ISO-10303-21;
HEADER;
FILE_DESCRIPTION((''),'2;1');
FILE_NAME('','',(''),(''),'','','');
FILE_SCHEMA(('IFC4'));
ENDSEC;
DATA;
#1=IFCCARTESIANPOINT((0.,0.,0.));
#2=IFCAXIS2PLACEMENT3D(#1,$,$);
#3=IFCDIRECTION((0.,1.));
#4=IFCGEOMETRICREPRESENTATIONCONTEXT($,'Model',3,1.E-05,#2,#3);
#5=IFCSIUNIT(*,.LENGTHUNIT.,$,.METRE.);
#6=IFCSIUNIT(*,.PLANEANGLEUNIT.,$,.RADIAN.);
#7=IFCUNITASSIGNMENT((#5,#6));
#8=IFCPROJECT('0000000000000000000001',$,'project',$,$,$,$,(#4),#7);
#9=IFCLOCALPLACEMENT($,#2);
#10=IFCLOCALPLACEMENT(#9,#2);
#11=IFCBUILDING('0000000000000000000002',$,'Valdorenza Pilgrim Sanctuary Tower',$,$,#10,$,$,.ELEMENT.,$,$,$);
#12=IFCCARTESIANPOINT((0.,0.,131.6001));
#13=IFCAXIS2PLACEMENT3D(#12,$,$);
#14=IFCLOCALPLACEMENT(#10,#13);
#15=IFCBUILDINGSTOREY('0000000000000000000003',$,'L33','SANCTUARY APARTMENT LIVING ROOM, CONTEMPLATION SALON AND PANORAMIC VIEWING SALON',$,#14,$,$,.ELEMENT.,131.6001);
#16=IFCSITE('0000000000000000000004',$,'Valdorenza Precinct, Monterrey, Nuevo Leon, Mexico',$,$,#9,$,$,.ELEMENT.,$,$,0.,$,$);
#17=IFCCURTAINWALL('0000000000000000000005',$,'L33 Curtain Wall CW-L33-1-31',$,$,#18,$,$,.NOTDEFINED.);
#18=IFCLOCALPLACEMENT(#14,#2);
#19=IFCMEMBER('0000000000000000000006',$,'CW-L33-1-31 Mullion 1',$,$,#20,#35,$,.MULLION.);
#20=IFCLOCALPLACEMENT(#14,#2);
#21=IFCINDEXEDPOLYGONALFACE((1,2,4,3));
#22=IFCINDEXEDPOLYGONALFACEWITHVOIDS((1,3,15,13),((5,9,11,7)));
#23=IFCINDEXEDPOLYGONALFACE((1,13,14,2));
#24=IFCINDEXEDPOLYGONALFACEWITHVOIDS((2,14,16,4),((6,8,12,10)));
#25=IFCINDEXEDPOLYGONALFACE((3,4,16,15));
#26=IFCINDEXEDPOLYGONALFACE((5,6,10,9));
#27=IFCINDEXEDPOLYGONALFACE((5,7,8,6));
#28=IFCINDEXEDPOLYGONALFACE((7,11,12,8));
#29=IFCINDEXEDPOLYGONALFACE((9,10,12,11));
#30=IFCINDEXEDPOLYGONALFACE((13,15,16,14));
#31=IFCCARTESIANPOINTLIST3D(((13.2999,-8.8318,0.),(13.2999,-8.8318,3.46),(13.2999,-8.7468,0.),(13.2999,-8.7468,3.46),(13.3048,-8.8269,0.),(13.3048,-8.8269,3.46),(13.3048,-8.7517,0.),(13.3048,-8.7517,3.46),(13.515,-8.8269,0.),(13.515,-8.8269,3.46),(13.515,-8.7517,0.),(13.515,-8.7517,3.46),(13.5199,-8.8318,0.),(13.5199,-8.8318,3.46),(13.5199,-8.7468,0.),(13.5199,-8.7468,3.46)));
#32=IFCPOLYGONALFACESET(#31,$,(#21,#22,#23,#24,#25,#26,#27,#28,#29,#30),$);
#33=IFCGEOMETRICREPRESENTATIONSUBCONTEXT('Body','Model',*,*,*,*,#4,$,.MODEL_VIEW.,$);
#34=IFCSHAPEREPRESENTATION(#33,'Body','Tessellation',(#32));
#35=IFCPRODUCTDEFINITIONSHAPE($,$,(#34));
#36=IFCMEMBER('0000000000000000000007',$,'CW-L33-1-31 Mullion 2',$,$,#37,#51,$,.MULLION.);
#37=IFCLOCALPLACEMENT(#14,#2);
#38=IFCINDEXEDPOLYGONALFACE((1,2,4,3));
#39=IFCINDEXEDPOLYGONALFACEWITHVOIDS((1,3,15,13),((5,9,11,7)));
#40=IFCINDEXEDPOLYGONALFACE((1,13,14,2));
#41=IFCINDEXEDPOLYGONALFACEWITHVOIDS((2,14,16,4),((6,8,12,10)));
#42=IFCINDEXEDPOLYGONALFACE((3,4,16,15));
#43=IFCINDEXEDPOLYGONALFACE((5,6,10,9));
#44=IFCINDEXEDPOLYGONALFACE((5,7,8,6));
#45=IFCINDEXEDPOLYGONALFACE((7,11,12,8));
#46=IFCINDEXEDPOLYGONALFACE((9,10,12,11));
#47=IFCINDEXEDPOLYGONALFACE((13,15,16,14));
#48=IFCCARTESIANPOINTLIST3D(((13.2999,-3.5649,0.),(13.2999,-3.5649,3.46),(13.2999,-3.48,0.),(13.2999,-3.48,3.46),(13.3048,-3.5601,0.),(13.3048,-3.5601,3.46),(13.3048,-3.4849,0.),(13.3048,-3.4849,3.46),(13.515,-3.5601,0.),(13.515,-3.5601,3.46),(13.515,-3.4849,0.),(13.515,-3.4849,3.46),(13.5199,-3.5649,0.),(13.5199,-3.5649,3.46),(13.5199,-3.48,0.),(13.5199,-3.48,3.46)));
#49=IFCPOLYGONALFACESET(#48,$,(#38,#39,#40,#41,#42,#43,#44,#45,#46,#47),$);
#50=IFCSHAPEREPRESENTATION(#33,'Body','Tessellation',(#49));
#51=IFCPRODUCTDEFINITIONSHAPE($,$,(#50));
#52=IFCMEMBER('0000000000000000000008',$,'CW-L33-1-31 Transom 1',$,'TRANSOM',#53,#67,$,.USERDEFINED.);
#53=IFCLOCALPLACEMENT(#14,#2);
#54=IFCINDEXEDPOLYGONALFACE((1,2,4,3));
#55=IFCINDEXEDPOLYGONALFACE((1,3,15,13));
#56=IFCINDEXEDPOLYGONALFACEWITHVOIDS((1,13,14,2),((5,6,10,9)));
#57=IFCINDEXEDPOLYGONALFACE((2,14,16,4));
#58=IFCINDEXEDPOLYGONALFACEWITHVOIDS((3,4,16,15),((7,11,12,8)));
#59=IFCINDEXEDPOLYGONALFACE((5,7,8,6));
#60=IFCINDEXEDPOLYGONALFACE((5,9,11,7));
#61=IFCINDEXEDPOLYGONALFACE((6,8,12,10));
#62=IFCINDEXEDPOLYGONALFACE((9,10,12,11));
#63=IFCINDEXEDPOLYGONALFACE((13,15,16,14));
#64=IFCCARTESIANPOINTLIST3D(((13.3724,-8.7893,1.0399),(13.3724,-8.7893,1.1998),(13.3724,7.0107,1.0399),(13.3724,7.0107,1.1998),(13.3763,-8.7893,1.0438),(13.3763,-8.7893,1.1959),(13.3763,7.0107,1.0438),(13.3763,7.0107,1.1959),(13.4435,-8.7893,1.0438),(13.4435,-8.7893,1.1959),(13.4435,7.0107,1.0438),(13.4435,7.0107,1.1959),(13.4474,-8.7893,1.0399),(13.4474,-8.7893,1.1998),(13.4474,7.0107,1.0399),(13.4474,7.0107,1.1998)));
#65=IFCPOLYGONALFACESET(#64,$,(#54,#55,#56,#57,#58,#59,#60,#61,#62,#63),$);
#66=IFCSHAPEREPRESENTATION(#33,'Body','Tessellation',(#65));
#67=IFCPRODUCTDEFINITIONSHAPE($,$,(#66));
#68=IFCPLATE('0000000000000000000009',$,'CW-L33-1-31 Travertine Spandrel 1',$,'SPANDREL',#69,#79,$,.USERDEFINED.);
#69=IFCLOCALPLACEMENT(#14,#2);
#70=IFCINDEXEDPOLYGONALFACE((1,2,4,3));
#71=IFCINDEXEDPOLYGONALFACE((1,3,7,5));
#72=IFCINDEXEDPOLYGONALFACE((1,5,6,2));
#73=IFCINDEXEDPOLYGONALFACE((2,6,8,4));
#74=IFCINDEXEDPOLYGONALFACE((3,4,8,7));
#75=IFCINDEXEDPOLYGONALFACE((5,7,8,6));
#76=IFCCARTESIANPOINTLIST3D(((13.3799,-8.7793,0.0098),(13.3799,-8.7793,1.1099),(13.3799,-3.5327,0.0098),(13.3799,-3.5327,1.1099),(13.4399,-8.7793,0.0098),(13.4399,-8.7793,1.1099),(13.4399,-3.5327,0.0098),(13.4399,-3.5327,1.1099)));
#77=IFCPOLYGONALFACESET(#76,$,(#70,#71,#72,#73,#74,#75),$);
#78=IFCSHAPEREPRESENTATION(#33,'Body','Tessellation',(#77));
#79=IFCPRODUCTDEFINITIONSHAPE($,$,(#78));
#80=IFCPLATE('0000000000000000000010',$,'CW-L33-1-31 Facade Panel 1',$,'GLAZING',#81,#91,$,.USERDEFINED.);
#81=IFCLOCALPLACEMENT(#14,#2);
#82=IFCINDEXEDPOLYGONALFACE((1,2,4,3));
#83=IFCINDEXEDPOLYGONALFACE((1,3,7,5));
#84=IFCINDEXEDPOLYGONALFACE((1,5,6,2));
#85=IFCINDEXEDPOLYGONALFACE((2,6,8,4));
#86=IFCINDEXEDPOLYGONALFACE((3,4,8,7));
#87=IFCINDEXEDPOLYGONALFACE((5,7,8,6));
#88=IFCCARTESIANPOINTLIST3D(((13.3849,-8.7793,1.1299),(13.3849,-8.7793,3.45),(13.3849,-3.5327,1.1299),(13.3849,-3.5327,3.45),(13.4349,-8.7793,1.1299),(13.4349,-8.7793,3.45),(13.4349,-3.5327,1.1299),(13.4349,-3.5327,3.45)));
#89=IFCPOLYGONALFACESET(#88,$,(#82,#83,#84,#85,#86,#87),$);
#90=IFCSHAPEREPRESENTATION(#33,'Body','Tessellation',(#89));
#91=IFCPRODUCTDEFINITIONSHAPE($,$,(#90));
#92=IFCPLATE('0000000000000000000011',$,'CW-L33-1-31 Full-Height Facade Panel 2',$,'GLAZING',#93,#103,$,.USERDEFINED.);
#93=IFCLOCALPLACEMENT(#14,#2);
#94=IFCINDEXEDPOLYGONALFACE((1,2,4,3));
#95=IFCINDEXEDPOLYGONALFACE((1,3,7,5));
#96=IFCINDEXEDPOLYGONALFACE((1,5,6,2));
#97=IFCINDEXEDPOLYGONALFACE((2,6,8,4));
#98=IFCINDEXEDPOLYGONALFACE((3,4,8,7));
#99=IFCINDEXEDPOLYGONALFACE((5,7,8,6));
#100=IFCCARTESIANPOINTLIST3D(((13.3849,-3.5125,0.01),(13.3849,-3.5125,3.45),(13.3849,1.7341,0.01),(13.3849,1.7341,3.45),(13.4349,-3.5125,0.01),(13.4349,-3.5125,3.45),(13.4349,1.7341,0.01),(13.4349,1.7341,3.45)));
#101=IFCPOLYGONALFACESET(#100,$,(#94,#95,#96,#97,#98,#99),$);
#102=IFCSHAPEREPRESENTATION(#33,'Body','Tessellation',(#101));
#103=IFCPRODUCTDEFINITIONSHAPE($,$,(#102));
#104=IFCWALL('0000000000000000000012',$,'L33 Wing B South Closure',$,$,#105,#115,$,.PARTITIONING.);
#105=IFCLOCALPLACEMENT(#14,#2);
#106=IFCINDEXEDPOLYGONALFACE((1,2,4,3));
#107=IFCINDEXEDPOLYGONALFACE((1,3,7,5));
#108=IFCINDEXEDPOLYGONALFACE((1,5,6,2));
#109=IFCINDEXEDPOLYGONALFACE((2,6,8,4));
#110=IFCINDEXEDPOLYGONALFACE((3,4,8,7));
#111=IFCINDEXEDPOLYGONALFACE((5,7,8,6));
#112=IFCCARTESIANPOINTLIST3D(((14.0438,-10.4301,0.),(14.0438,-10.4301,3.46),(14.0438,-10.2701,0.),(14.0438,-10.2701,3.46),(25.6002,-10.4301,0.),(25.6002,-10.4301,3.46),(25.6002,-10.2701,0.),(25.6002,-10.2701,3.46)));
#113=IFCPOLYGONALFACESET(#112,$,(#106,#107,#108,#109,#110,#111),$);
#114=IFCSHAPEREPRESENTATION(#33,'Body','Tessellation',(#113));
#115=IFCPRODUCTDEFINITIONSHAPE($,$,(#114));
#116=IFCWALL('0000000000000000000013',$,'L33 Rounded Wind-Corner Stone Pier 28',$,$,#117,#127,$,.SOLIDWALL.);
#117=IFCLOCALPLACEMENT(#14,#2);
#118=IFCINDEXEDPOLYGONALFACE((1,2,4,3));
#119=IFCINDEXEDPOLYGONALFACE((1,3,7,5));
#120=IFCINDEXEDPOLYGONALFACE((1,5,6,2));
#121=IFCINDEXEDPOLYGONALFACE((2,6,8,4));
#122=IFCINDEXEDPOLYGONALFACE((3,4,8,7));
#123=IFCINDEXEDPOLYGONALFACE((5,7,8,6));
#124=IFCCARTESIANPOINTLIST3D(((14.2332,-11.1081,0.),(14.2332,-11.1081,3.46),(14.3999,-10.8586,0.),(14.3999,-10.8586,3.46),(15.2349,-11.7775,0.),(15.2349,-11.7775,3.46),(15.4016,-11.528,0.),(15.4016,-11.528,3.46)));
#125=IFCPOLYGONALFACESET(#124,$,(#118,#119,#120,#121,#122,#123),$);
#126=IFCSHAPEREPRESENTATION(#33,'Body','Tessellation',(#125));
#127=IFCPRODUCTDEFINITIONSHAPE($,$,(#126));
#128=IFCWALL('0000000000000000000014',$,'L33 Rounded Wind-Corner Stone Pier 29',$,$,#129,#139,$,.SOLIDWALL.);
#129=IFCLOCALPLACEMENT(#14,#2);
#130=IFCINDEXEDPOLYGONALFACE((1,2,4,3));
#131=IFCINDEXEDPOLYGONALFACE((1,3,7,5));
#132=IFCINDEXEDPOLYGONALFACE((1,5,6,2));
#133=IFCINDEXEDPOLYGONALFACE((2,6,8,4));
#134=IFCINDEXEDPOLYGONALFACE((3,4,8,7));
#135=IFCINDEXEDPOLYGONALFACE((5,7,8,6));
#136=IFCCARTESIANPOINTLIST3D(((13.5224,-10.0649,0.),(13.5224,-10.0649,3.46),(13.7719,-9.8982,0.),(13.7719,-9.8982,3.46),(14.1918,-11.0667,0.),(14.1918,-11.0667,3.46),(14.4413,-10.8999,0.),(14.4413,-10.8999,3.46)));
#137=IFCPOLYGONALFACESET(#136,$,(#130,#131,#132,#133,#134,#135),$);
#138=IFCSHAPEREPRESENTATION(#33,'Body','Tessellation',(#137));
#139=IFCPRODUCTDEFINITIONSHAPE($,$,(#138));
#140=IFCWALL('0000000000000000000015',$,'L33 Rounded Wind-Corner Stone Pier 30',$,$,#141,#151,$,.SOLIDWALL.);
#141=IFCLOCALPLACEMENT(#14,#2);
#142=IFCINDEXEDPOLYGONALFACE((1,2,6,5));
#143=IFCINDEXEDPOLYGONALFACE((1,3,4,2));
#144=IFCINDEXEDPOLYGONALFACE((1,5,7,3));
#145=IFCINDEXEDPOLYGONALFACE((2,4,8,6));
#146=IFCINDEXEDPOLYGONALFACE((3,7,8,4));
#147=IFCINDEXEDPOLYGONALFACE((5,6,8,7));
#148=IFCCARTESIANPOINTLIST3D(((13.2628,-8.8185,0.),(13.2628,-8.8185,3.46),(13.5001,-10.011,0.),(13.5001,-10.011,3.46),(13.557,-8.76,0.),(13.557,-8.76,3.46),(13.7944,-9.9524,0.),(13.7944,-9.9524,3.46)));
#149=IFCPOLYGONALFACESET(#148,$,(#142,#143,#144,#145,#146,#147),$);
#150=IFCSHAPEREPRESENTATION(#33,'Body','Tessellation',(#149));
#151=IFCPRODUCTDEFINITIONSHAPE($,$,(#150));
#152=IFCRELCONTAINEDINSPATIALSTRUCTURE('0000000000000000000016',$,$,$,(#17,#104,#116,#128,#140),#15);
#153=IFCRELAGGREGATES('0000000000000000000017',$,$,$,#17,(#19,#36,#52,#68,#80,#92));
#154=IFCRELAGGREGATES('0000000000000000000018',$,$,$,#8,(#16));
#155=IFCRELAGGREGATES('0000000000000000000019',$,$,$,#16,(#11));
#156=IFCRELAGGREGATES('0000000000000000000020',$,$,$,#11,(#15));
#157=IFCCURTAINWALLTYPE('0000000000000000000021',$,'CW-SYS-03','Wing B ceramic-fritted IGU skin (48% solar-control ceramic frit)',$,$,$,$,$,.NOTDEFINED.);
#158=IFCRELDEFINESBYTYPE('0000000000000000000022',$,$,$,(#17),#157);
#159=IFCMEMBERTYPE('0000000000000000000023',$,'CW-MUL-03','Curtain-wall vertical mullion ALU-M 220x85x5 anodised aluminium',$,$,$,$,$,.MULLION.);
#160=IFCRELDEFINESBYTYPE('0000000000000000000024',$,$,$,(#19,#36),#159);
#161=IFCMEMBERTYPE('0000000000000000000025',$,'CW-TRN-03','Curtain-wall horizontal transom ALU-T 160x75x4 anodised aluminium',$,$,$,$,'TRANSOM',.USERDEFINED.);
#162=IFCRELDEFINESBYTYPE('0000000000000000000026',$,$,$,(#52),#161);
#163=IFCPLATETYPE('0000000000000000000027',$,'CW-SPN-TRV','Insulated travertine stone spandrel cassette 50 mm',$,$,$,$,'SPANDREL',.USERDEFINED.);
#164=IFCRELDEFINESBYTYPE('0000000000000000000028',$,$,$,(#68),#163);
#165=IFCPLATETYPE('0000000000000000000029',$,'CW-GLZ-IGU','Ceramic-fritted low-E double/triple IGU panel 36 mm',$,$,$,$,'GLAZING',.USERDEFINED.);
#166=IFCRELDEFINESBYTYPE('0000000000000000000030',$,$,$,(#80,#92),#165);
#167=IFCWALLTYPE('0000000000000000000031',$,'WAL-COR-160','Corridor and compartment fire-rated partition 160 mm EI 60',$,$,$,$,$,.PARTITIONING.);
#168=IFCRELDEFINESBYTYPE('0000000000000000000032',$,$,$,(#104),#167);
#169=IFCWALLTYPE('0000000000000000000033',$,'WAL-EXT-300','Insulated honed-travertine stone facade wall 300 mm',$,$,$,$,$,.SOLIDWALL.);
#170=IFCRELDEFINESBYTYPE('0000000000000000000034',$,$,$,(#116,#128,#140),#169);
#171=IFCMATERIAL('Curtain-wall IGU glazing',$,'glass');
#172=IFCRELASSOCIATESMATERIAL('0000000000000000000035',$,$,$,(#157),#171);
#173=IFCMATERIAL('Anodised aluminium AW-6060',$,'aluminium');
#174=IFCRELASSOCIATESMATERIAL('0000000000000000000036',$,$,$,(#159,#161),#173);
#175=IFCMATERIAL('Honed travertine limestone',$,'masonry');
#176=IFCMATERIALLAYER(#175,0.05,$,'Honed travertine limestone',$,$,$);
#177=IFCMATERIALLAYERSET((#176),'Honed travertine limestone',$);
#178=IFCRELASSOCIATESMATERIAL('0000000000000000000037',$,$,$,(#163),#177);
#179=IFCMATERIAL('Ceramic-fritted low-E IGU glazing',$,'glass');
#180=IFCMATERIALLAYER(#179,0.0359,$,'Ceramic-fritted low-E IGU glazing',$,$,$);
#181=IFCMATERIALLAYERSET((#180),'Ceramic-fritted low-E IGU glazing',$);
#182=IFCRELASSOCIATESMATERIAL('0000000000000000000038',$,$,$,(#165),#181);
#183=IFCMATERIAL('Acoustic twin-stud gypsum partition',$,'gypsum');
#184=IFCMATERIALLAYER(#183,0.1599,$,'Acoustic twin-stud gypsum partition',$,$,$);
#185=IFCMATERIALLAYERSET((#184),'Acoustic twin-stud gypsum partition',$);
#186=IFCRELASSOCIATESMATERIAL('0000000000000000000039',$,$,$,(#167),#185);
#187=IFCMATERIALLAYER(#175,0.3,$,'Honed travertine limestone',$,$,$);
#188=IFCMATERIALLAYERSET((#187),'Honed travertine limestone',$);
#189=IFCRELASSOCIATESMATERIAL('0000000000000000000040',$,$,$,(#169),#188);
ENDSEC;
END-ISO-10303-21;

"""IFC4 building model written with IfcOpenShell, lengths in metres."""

from ifc_helpers import new_model, si_unit, direction, frame, frame_2d, origin, origin_2d, place, context, subcontext, project, spatial, rectangle, hollow_rectangle, extrude, source, transform, mapped, material, layer, layer_set, material_profile, profile_set, type_object, element, aggregate, save


model = new_model("IFC4")

# Units and contexts
model_context = context("Model", 3, precision=1e-05, world=origin(), true_north=direction((0.0, 1.0)))
body_context = subcontext(model_context, "Body", "Model", "MODEL_VIEW")
ifc_project = project(units=[si_unit("LENGTHUNIT", "METRE"), si_unit("PLANEANGLEUNIT", "RADIAN")], contexts=[model_context])

# Site, building, storey
site_placement = place(None, origin())
site = spatial("IfcSite", under=ifc_project, at=site_placement, Name="Valdorenza Precinct, Monterrey, Nuevo Leon, Mexico", CompositionType="ELEMENT", RefElevation=0.0)
building_placement = place(site_placement, origin())
building = spatial("IfcBuilding", under=site, at=building_placement, Name="Valdorenza Pilgrim Sanctuary Tower", CompositionType="ELEMENT")
storey_placement = place(building_placement, frame((0.0, 0.0, 131.6001)))
storey = spatial("IfcBuildingStorey", under=building, at=storey_placement, Name="L33", Description="SANCTUARY APARTMENT LIVING ROOM, CONTEMPLATION SALON AND PANORAMIC VIEWING SALON", CompositionType="ELEMENT", Elevation=131.6001)

# Curtain wall, members, plates
ifc_material_1 = material(Name="Curtain-wall IGU glazing", Category="glass")
curtain_wall_type = type_object("IfcCurtainWallType", Name="CW-SYS-03", Description="Wing B ceramic-fritted IGU skin (48% solar-control ceramic frit)", PredefinedType="NOTDEFINED", material=ifc_material_1)
curtain_wall_placement = place(storey_placement, origin())
curtain_wall = element("IfcCurtainWall", 1, at=curtain_wall_placement, inside=storey, type_object=curtain_wall_type, Name="L33 Curtain Wall CW-L33-1-31", PredefinedType="NOTDEFINED")
ifc_material_2 = material(Name="Anodised aluminium AW-6060", Category="aluminium")
ifc_material_profile_1 = material_profile(ifc_material_2, hollow_rectangle(XDim=0.085, YDim=0.22, WallThickness=0.0049, at=origin_2d()), Name="ALU-M 220x85x5")
ifc_profile_set_1 = profile_set([ifc_material_profile_1], Name="Anodised aluminium AW-6060")
member_type_1 = type_object("IfcMemberType", Name="CW-MUL-03", Description="Curtain-wall vertical mullion ALU-M 220x85x5 anodised aluminium", PredefinedType="MULLION", material=ifc_profile_set_1)
shared_shape_1 = source(origin(), body_context, "Body", "SweptSolid", [
    extrude(hollow_rectangle(XDim=0.085, YDim=0.22, WallThickness=0.0049, at=origin_2d()), origin(), (0.0, 0.0, 1.0), 3.46),
])
member_1_placement = place(storey_placement, frame((13.4099, -8.7893, 0.0), z_axis=(0.0, 0.0, 1.0), x_axis=(0.0, 1.0, 0.0)))
member_1 = element("IfcMember", 2, at=member_1_placement, type_object=member_type_1, Name="CW-L33-1-31 Mullion 1", PredefinedType="MULLION", context=body_context, shape_type="MappedRepresentation", body=[
    mapped(shared_shape_1, transform((0.0, 0.0, 0.0), x_axis=(1.0, 0.0, 0.0), y_axis=(0.0, 1.0, 0.0), z_axis=(0.0, 0.0, 1.0), scale=1.0)),
])
member_2_placement = place(storey_placement, frame((13.4099, -3.5225, 0.0), z_axis=(0.0, 0.0, 1.0), x_axis=(0.0, 1.0, 0.0)))
member_2 = element("IfcMember", 3, at=member_2_placement, type_object=member_type_1, Name="CW-L33-1-31 Mullion 2", PredefinedType="MULLION", context=body_context, shape_type="MappedRepresentation", body=[
    mapped(shared_shape_1, transform((0.0, 0.0, 0.0), x_axis=(1.0, 0.0, 0.0), y_axis=(0.0, 1.0, 0.0), z_axis=(0.0, 0.0, 1.0), scale=1.0)),
])
ifc_material_profile_2 = material_profile(ifc_material_2, hollow_rectangle(XDim=0.075, YDim=0.1599, WallThickness=0.0039, at=origin_2d()), Name="ALU-T 160x75x4")
ifc_profile_set_2 = profile_set([ifc_material_profile_2], Name="Anodised aluminium AW-6060")
member_type_2 = type_object("IfcMemberType", Name="CW-TRN-03", Description="Curtain-wall horizontal transom ALU-T 160x75x4 anodised aluminium", ElementType="TRANSOM", PredefinedType="USERDEFINED", material=ifc_profile_set_2)
shared_shape_2 = source(origin(), body_context, "Body", "SweptSolid", [
    extrude(hollow_rectangle(XDim=0.075, YDim=0.1599, WallThickness=0.0039, at=origin_2d()), origin(), (0.0, 0.0, 1.0), 15.8),
])
member_3_placement = place(storey_placement, frame((13.4099, -8.7893, 1.1199), z_axis=(0.0, 1.0, 0.0), x_axis=(-1.0, 0.0, 0.0)))
member_3 = element("IfcMember", 4, at=member_3_placement, type_object=member_type_2, Name="CW-L33-1-31 Transom 1", ObjectType="TRANSOM", PredefinedType="USERDEFINED", context=body_context, shape_type="MappedRepresentation", body=[
    mapped(shared_shape_2, transform((0.0, 0.0, 0.0), x_axis=(1.0, 0.0, 0.0), y_axis=(0.0, 1.0, 0.0), z_axis=(0.0, 0.0, 1.0), scale=1.0)),
])
ifc_material_3 = material(Name="Honed travertine limestone", Category="masonry")
ifc_layer_1 = layer(ifc_material_3, 0.05, Name="Honed travertine limestone")
ifc_layer_set_1 = layer_set([ifc_layer_1], Name="Honed travertine limestone")
plate_type_1 = type_object("IfcPlateType", Name="CW-SPN-TRV", Description="Insulated travertine stone spandrel cassette 50 mm", ElementType="SPANDREL", PredefinedType="USERDEFINED", material=ifc_layer_set_1)
shared_shape_3 = source(origin(), body_context, "Body", "SweptSolid", [
    extrude(rectangle(XDim=5.2466, YDim=0.0601, at=origin_2d()), origin(), (0.0, 0.0, 1.0), 1.1001),
])
plate_1_placement = place(storey_placement, frame((13.4099, -6.156, 0.0098), z_axis=(0.0, 0.0, 1.0), x_axis=(0.0, 1.0, 0.0)))
plate_1 = element("IfcPlate", 5, at=plate_1_placement, type_object=plate_type_1, Name="CW-L33-1-31 Travertine Spandrel 1", ObjectType="SPANDREL", PredefinedType="USERDEFINED", context=body_context, shape_type="MappedRepresentation", body=[
    mapped(shared_shape_3, transform((0.0, 0.0, 0.0), x_axis=(1.0, 0.0, 0.0), y_axis=(0.0, 1.0, 0.0), z_axis=(0.0, 0.0, 1.0), scale=1.0)),
])
ifc_material_4 = material(Name="Ceramic-fritted low-E IGU glazing", Category="glass")
ifc_layer_2 = layer(ifc_material_4, 0.0359, Name="Ceramic-fritted low-E IGU glazing")
ifc_layer_set_2 = layer_set([ifc_layer_2], Name="Ceramic-fritted low-E IGU glazing")
plate_type_2 = type_object("IfcPlateType", Name="CW-GLZ-IGU", Description="Ceramic-fritted low-E double/triple IGU panel 36 mm", ElementType="GLAZING", PredefinedType="USERDEFINED", material=ifc_layer_set_2)
shared_shape_4 = source(origin(), body_context, "Body", "SweptSolid", [
    extrude(rectangle(XDim=5.2466, YDim=0.05, at=origin_2d()), origin(), (0.0, 0.0, 1.0), 2.3201),
])
plate_2_placement = place(storey_placement, frame((13.4099, -6.156, 1.1299), z_axis=(0.0, 0.0, 1.0), x_axis=(0.0, 1.0, 0.0)))
plate_2 = element("IfcPlate", 6, at=plate_2_placement, type_object=plate_type_2, Name="CW-L33-1-31 Facade Panel 1", ObjectType="GLAZING", PredefinedType="USERDEFINED", context=body_context, shape_type="MappedRepresentation", body=[
    mapped(shared_shape_4, transform((0.0, 0.0, 0.0), x_axis=(1.0, 0.0, 0.0), y_axis=(0.0, 1.0, 0.0), z_axis=(0.0, 0.0, 1.0), scale=1.0)),
])
shared_shape_5 = source(origin(), body_context, "Body", "SweptSolid", [
    extrude(rectangle(XDim=5.2466, YDim=0.05, at=origin_2d()), origin(), (0.0, 0.0, 1.0), 3.4399),
])
plate_3_placement = place(storey_placement, frame((13.4099, -0.8892, 0.01), z_axis=(0.0, 0.0, 1.0), x_axis=(0.0, 1.0, 0.0)))
plate_3 = element("IfcPlate", 7, at=plate_3_placement, type_object=plate_type_2, Name="CW-L33-1-31 Full-Height Facade Panel 2", ObjectType="GLAZING", PredefinedType="USERDEFINED", context=body_context, shape_type="MappedRepresentation", body=[
    mapped(shared_shape_5, transform((0.0, 0.0, 0.0), x_axis=(1.0, 0.0, 0.0), y_axis=(0.0, 1.0, 0.0), z_axis=(0.0, 0.0, 1.0), scale=1.0)),
])
aggregate(curtain_wall, [member_1, member_2, member_3, plate_1, plate_2, plate_3])

# Walls
ifc_material_5 = material(Name="Acoustic twin-stud gypsum partition", Category="gypsum")
ifc_layer_3 = layer(ifc_material_5, 0.1599, Name="Acoustic twin-stud gypsum partition")
ifc_layer_set_3 = layer_set([ifc_layer_3], Name="Acoustic twin-stud gypsum partition")
wall_type_1 = type_object("IfcWallType", Name="WAL-COR-160", Description="Corridor and compartment fire-rated partition 160 mm EI 60", PredefinedType="PARTITIONING", material=ifc_layer_set_3)
wall_1_placement = place(storey_placement, frame((14.0437, -10.3501, 0.0), z_axis=(0.0, 0.0, 1.0), x_axis=(1.0, 0.0, 0.0)))
element("IfcWall", 8, at=wall_1_placement, inside=storey, type_object=wall_type_1, Name="L33 Wing B South Closure", PredefinedType="PARTITIONING", context=body_context, shape_type="SweptSolid", body=[
    extrude(rectangle(XDim=11.5564, YDim=0.1599, at=frame_2d((5.7783, 0.0))), origin(), (0.0, 0.0, 1.0), 3.46),
])
ifc_layer_4 = layer(ifc_material_3, 0.3, Name="Honed travertine limestone")
ifc_layer_set_4 = layer_set([ifc_layer_4], Name="Honed travertine limestone")
wall_type_2 = type_object("IfcWallType", Name="WAL-EXT-300", Description="Insulated honed-travertine stone facade wall 300 mm", PredefinedType="SOLIDWALL", material=ifc_layer_set_4)
for number, where, z_axis, x_axis, name in (
    (9, (15.3184, -11.6528, 0.0), (0.0, 0.0, 1.0), (-0.831426, 0.555635, 0.0), "L33 Rounded Wind-Corner Stone Pier 28"),
    (10, (14.3167, -10.9834, 0.0), (0.0, 0.0, 1.0), (-0.555635, 0.831426, 0.0), "L33 Rounded Wind-Corner Stone Pier 29"),
):
    element("IfcWall", number, at=place(storey_placement, frame(where, z_axis=z_axis, x_axis=x_axis)), inside=storey, type_object=wall_type_2, Name=name, PredefinedType="SOLIDWALL", context=body_context, shape_type="SweptSolid", body=[
        extrude(rectangle(XDim=1.2048, YDim=0.3, at=frame_2d((0.6025, 0.0))), origin(), (0.0, 0.0, 1.0), 3.46),
    ])
wall_2_placement = place(storey_placement, frame((13.6472, -9.9817, 0.0), z_axis=(0.0, 0.0, 1.0), x_axis=(-0.195189, 0.980766, 0.0)))
element("IfcWall", 11, at=wall_2_placement, inside=storey, type_object=wall_type_2, Name="L33 Rounded Wind-Corner Stone Pier 30", PredefinedType="SOLIDWALL", context=body_context, shape_type="SweptSolid", body=[
    extrude(rectangle(XDim=1.2158, YDim=0.3, at=frame_2d((0.6079, 0.0))), origin(), (0.0, 0.0, 1.0), 3.46),
])

save(model, "model.ifc")
